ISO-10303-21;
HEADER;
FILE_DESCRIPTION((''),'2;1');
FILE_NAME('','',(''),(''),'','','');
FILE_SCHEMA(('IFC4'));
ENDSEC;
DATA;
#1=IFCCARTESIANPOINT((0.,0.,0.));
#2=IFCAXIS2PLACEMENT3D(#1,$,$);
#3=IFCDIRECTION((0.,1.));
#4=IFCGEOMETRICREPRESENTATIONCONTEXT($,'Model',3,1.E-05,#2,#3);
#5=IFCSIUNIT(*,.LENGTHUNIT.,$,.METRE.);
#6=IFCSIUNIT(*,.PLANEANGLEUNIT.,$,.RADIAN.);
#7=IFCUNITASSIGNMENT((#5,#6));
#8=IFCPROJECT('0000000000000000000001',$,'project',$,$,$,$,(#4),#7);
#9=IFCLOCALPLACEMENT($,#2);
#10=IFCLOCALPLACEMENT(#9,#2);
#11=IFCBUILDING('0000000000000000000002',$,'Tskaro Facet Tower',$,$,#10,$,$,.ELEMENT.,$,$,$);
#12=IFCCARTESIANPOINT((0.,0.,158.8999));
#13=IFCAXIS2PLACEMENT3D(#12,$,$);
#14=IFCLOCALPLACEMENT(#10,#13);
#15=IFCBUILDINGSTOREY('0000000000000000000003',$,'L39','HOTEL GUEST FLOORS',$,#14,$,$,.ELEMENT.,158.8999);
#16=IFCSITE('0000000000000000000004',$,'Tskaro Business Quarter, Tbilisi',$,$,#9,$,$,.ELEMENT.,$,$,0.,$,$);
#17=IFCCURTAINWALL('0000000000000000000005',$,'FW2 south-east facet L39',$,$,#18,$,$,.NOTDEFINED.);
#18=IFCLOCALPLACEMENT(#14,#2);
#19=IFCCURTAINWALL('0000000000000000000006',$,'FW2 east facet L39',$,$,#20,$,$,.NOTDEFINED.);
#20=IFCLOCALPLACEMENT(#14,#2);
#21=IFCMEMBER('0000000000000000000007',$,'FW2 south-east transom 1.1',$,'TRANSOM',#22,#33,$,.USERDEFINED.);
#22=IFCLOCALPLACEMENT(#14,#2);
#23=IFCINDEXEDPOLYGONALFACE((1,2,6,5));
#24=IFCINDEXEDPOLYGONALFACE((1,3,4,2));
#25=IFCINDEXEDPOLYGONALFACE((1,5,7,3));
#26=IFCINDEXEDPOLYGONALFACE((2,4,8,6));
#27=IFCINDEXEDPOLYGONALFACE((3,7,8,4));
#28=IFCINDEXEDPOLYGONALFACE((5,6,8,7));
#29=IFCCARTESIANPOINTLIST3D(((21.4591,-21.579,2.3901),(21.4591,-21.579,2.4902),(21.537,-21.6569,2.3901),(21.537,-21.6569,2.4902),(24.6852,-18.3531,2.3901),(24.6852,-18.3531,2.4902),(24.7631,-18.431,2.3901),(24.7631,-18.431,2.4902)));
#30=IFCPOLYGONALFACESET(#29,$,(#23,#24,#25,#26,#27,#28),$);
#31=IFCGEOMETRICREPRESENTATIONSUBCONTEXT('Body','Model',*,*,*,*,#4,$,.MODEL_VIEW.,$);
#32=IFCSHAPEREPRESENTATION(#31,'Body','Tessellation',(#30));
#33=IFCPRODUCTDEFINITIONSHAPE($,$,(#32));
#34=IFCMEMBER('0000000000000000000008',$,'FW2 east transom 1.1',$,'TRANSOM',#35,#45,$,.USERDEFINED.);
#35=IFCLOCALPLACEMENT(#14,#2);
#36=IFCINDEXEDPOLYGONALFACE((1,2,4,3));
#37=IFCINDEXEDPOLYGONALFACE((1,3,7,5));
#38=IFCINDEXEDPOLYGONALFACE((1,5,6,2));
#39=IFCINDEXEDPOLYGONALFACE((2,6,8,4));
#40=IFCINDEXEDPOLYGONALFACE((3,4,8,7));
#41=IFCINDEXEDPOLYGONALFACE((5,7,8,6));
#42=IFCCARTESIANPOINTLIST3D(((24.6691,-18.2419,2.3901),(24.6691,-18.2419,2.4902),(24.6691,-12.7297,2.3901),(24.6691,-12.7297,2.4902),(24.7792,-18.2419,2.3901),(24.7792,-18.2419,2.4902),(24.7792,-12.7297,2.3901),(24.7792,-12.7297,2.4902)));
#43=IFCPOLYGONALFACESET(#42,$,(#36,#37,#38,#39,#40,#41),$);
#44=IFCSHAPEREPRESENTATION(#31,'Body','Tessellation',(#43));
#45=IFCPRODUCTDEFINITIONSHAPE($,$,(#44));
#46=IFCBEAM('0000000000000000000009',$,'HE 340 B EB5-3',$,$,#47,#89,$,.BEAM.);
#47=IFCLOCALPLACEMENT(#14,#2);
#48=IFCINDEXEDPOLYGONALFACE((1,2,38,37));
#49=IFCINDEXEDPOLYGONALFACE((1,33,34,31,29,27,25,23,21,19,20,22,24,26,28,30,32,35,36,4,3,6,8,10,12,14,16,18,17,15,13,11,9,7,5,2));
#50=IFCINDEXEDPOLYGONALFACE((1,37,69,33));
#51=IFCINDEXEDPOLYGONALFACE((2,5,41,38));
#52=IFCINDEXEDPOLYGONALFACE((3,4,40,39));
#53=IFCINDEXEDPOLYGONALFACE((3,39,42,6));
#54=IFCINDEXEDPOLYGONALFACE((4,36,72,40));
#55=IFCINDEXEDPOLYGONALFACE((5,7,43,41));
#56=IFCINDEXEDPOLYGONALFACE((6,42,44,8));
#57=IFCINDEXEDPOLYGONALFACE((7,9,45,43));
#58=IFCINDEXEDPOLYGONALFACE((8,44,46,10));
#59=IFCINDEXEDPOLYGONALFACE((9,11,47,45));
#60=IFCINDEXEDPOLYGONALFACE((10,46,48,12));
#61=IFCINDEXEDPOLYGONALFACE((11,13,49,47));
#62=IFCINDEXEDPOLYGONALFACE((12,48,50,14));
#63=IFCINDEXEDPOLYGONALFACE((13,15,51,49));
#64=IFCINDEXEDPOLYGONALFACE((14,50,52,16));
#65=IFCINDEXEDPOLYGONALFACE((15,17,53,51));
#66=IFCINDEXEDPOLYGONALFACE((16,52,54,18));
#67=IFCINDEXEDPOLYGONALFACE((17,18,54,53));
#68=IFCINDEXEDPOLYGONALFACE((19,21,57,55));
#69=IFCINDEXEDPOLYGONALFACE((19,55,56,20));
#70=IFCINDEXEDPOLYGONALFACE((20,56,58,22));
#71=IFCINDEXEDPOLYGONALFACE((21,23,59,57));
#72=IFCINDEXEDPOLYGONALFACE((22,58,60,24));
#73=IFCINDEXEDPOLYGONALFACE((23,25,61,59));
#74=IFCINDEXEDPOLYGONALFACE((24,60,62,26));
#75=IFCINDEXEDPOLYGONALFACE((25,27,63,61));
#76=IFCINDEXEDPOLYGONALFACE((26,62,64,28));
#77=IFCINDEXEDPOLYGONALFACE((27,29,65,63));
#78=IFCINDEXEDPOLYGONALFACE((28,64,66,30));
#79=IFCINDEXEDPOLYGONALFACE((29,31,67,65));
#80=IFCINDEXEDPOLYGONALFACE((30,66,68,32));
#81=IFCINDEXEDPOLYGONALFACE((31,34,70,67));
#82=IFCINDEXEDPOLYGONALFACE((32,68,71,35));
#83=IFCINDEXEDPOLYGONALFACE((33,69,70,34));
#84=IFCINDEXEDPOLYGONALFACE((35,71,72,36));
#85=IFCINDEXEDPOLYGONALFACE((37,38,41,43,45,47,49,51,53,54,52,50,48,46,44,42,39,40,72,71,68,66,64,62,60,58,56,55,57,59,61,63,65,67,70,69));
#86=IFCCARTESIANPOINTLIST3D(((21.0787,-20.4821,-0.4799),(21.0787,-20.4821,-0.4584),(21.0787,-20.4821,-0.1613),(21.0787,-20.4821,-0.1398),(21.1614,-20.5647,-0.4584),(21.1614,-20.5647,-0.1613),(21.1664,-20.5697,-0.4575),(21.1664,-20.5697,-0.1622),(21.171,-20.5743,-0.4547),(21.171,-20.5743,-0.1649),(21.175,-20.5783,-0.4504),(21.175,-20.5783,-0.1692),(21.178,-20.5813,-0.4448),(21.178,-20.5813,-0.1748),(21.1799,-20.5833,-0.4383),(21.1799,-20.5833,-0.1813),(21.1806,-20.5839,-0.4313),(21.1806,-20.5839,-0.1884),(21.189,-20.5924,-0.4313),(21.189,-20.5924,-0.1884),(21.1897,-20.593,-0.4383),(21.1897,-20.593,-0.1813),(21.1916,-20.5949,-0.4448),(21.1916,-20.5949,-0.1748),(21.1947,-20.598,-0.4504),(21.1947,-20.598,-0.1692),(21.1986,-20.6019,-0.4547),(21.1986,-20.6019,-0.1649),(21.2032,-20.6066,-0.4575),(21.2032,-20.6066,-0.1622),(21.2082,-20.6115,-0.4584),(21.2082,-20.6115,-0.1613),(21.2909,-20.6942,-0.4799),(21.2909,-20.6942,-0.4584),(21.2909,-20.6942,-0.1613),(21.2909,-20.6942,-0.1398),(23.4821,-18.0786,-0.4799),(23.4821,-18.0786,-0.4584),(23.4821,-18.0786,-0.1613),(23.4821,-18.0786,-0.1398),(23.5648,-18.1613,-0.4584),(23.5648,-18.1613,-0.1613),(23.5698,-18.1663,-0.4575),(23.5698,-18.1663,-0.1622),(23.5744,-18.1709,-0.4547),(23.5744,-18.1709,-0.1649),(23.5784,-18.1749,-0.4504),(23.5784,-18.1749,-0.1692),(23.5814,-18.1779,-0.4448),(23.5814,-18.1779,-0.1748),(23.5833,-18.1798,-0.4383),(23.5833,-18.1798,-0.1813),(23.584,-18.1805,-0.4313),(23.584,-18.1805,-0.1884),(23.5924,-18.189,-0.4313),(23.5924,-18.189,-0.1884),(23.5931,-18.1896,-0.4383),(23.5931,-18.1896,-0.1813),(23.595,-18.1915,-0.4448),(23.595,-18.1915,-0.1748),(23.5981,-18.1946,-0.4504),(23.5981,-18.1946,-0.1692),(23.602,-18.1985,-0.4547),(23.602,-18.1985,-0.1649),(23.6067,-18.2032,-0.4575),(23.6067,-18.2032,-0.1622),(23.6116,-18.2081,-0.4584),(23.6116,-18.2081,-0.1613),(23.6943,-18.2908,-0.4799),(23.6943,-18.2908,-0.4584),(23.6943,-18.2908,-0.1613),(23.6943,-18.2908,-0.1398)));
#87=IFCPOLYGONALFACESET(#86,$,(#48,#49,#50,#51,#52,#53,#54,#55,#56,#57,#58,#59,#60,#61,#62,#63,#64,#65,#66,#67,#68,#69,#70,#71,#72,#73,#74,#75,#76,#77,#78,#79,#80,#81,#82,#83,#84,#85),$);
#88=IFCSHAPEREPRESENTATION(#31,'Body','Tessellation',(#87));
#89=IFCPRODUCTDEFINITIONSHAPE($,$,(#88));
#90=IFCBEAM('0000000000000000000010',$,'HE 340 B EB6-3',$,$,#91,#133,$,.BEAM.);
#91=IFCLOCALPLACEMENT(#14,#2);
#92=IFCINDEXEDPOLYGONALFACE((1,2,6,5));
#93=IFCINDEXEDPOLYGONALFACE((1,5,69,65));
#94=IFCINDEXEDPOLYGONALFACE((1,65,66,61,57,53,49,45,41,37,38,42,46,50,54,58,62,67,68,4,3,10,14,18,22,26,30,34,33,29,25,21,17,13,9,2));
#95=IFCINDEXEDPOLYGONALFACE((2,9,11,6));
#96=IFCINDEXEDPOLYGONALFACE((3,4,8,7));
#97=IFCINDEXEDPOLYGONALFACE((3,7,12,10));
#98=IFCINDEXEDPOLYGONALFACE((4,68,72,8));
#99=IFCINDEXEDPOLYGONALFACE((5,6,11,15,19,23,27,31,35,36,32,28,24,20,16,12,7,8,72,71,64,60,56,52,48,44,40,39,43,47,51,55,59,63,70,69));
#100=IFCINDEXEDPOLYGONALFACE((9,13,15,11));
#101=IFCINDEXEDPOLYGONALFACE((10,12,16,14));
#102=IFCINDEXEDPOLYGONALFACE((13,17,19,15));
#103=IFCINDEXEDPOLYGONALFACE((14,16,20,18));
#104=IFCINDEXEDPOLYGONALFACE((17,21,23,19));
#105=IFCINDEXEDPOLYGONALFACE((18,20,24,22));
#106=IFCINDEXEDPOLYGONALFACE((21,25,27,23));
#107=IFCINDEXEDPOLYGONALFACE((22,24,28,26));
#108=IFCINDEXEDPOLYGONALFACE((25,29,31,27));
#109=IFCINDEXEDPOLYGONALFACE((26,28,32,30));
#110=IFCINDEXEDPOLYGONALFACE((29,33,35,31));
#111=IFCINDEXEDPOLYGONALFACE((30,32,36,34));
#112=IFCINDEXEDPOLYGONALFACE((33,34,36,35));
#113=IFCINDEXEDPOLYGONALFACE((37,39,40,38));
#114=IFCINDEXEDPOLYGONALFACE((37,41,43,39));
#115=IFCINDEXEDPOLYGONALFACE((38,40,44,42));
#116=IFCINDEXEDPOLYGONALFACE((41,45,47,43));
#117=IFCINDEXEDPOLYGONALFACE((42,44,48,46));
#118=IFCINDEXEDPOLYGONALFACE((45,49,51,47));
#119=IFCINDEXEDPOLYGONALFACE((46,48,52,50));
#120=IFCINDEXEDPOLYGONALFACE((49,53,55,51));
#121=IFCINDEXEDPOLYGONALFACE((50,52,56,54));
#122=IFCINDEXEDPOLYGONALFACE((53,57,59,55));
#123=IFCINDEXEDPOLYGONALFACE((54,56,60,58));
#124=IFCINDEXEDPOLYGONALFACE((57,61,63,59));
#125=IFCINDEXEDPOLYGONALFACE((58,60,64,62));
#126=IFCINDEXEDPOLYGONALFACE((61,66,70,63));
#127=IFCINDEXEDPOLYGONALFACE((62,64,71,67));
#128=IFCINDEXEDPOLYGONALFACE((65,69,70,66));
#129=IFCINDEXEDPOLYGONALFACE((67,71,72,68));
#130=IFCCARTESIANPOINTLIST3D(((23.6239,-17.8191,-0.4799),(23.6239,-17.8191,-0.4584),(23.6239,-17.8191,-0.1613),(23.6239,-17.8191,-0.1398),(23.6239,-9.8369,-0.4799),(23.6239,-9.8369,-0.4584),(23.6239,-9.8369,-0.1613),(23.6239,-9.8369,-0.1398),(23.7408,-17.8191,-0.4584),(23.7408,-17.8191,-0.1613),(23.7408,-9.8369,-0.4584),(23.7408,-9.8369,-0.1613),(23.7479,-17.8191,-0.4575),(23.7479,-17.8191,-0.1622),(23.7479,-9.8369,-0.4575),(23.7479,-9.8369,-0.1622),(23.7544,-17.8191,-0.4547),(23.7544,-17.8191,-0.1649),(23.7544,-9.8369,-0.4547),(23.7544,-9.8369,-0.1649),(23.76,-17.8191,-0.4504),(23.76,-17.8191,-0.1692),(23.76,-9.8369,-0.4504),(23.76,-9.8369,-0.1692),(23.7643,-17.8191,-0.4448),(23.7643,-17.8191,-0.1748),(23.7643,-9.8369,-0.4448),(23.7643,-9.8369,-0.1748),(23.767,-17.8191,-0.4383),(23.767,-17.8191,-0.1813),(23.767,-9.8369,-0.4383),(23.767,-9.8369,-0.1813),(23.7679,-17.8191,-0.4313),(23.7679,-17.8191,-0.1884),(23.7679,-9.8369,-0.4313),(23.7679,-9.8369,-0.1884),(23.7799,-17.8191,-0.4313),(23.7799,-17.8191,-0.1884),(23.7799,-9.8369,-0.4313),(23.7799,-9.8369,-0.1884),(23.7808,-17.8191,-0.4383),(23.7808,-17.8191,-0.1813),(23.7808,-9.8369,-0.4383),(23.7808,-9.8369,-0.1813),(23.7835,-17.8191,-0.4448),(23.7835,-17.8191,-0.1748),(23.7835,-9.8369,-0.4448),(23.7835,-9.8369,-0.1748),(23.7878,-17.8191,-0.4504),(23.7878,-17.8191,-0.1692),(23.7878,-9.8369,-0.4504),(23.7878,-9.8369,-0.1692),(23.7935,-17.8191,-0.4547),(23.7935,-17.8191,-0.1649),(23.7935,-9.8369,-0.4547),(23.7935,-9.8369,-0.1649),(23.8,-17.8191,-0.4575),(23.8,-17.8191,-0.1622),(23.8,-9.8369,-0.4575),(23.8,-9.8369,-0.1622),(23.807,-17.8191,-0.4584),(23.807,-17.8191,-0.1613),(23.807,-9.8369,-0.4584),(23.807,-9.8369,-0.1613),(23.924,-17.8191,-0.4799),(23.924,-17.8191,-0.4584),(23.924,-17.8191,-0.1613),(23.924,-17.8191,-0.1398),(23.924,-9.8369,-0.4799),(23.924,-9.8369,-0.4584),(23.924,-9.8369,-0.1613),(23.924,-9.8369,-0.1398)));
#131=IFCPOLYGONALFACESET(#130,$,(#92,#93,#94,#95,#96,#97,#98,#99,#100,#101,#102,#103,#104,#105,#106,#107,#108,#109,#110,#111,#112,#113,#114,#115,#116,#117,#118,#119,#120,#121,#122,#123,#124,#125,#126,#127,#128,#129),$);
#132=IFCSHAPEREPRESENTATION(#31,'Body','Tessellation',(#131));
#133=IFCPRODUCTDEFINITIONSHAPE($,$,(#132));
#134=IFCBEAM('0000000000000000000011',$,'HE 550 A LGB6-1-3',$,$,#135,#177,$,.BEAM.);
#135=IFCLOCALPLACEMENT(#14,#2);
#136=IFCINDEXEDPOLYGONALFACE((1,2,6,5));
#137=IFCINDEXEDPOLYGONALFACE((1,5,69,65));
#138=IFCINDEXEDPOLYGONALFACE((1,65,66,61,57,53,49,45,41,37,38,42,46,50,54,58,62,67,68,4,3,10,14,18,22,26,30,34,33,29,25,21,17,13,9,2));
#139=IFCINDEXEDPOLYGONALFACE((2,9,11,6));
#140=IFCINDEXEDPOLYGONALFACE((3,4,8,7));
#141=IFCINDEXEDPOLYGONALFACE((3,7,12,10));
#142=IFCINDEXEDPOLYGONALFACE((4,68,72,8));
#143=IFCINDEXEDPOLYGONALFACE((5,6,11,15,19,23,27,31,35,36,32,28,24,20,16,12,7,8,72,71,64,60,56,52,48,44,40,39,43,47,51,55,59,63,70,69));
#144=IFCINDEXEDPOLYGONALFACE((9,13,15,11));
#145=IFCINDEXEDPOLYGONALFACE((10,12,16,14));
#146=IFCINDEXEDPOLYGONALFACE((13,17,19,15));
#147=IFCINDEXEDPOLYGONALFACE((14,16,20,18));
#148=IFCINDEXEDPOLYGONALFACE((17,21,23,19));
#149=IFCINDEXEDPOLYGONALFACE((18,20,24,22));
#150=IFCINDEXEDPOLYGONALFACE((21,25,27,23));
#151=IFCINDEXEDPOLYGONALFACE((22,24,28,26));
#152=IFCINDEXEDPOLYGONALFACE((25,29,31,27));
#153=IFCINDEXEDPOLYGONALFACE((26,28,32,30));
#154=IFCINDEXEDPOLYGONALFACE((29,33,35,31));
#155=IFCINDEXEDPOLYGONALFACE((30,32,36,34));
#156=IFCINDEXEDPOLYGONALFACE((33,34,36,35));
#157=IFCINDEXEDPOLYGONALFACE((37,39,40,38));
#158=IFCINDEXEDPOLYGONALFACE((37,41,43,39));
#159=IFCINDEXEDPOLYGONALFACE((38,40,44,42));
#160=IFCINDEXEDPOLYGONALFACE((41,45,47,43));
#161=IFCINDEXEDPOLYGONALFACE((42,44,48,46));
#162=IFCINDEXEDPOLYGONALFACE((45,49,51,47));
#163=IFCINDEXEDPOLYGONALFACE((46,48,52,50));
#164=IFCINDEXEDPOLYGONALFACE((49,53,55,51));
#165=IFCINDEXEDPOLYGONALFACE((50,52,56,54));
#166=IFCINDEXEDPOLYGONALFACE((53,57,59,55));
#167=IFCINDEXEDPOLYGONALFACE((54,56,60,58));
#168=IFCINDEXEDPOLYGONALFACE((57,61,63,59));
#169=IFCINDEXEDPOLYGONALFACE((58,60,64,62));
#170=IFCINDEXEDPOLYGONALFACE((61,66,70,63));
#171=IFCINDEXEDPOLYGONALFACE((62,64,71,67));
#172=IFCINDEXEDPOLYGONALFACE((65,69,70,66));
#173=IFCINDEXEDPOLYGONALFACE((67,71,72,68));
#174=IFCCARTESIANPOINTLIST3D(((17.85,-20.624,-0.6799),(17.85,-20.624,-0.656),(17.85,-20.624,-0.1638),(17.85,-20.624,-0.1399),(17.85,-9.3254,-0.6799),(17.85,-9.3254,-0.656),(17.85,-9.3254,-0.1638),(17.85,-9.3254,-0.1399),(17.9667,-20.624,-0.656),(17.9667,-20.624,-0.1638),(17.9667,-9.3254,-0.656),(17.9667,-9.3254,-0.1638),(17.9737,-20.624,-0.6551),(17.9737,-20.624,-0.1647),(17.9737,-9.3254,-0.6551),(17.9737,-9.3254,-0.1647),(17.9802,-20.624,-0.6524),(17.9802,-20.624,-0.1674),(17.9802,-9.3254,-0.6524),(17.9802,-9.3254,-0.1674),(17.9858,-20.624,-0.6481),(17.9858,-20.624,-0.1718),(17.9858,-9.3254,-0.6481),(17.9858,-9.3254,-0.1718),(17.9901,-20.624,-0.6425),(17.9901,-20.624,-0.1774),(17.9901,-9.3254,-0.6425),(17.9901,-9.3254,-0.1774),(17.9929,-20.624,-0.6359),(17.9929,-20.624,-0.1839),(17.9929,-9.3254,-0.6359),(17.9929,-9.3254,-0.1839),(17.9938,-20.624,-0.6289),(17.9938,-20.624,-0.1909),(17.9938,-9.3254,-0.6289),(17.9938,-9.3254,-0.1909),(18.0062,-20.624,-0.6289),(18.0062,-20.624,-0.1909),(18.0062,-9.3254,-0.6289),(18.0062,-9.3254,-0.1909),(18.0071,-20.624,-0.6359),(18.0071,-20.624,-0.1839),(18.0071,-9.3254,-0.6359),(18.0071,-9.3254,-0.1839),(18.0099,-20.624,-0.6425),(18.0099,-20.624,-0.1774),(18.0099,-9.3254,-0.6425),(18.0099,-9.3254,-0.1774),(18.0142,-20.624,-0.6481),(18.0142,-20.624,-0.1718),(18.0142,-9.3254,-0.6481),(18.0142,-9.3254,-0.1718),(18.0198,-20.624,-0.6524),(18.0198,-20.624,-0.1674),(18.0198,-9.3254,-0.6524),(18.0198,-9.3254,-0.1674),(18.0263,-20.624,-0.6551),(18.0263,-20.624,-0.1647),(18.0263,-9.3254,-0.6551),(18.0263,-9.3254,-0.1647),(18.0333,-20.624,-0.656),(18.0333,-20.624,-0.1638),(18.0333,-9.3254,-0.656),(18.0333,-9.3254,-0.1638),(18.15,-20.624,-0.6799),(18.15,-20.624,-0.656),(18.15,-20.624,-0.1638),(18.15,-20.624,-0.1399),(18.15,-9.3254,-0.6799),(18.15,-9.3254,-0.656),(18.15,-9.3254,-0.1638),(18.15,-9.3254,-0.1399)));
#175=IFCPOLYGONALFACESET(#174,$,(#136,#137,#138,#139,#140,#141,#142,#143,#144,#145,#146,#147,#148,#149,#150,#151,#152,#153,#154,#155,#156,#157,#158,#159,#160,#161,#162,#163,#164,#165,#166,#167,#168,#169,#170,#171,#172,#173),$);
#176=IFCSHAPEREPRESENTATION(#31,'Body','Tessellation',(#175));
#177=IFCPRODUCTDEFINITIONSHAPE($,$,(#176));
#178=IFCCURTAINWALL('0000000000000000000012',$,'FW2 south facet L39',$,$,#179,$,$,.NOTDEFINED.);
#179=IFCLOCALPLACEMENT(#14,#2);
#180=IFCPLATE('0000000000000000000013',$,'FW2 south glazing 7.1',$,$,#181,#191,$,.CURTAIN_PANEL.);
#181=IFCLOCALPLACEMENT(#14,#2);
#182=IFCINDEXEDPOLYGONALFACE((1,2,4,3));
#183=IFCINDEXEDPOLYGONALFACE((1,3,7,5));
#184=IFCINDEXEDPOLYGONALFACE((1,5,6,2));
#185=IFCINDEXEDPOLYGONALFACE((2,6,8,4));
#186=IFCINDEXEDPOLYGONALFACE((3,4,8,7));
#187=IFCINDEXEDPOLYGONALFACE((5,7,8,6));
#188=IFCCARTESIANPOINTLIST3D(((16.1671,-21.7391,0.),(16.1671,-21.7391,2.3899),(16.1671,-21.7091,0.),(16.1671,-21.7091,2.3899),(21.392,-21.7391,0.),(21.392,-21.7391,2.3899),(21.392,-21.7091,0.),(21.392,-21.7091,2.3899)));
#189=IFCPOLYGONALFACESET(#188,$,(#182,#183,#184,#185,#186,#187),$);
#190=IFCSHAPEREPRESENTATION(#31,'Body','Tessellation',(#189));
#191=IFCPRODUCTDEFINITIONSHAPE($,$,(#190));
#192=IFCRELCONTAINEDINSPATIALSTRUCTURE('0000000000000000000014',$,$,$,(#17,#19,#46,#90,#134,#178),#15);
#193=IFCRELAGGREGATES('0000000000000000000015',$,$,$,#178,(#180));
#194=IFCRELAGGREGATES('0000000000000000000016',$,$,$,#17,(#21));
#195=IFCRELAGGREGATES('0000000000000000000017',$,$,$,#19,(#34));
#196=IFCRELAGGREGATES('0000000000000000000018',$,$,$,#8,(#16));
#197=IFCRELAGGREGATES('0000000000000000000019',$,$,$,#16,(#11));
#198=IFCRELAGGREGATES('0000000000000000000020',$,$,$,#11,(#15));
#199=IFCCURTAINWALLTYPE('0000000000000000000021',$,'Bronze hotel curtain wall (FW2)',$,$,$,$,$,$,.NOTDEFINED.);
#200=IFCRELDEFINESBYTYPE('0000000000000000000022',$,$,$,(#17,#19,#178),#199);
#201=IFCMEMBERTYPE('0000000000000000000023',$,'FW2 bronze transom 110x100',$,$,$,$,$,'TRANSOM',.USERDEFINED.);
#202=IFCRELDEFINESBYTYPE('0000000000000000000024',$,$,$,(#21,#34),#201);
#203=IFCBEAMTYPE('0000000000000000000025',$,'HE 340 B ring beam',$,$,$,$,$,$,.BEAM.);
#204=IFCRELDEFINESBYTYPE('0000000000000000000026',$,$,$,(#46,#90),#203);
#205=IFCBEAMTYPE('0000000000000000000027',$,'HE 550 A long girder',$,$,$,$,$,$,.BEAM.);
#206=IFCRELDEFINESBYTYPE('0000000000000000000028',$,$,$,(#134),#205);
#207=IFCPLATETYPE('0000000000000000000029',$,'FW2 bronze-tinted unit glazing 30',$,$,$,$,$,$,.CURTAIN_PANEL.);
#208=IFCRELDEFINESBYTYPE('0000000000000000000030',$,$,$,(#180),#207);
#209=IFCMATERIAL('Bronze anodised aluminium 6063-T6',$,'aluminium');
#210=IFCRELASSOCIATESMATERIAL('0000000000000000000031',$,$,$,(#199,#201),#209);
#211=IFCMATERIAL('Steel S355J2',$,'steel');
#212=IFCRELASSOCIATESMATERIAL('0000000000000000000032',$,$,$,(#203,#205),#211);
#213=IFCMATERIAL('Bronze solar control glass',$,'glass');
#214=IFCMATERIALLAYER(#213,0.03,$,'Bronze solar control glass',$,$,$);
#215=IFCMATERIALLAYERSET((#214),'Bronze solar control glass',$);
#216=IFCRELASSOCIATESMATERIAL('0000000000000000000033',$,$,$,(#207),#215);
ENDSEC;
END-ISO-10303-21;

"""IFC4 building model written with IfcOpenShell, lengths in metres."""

from ifc_helpers import new_model, si_unit, direction, frame, origin, origin_2d, place, context, subcontext, project, spatial, rectangle, i_section, extrude, material, layer, layer_set, material_profile, profile_set, type_object, element, aggregate, save


model = new_model("IFC4")

# Units and contexts
model_context = context("Model", 3, precision=1e-05, world=origin(), true_north=direction((0.0, 1.0)))
body_context = subcontext(model_context, "Body", "Model", "MODEL_VIEW")
ifc_project = project(units=[si_unit("LENGTHUNIT", "METRE"), si_unit("PLANEANGLEUNIT", "RADIAN")], contexts=[model_context])

# Site, building, storey
site_placement = place(None, origin())
site = spatial("IfcSite", under=ifc_project, at=site_placement, Name="Tskaro Business Quarter, Tbilisi", CompositionType="ELEMENT", RefElevation=0.0)
building_placement = place(site_placement, origin())
building = spatial("IfcBuilding", under=site, at=building_placement, Name="Tskaro Facet Tower", CompositionType="ELEMENT")
storey_placement = place(building_placement, frame((0.0, 0.0, 158.8999)))
storey = spatial("IfcBuildingStorey", under=building, at=storey_placement, Name="L39", Description="HOTEL GUEST FLOORS", CompositionType="ELEMENT", Elevation=158.8999)

# Curtain walls
ifc_material_1 = material(Name="Bronze anodised aluminium 6063-T6", Category="aluminium")
curtain_wall_type = type_object("IfcCurtainWallType", Name="Bronze hotel curtain wall (FW2)", PredefinedType="NOTDEFINED", material=ifc_material_1)
curtain_wall_1_placement = place(storey_placement, origin())
curtain_wall_1 = element("IfcCurtainWall", 1, at=curtain_wall_1_placement, inside=storey, type_object=curtain_wall_type, Name="FW2 south-east facet L39", PredefinedType="NOTDEFINED")
curtain_wall_2_placement = place(storey_placement, origin())
curtain_wall_2 = element("IfcCurtainWall", 2, at=curtain_wall_2_placement, inside=storey, type_object=curtain_wall_type, Name="FW2 east facet L39", PredefinedType="NOTDEFINED")

# Members
ifc_material_profile_1 = material_profile(ifc_material_1, rectangle(XDim=0.1101, YDim=0.1001, at=origin_2d()), Name="Transom 110x100")
ifc_profile_set_1 = profile_set([ifc_material_profile_1], Name="Bronze anodised aluminium 6063-T6")
member_type_1 = type_object("IfcMemberType", Name="FW2 bronze transom 110x100", ElementType="TRANSOM", PredefinedType="USERDEFINED", material=ifc_profile_set_1)
member_1_placement = place(storey_placement, frame((21.498, -21.6179, 2.4402), z_axis=(0.707134, 0.70708, 0.0), x_axis=(-0.70708, 0.707134, 0.0)))
member_1 = element("IfcMember", 3, at=member_1_placement, type_object=member_type_1, Name="FW2 south-east transom 1.1", ObjectType="TRANSOM", PredefinedType="USERDEFINED", context=body_context, shape_type="SweptSolid", body=[
    extrude(rectangle(XDim=0.1101, YDim=0.1001, at=origin_2d()), origin(), (0.0, 0.0, 1.0), 4.5623),
])
member_2_placement = place(storey_placement, frame((24.7241, -18.2419, 2.4402), z_axis=(0.0, 1.0, 0.0), x_axis=(-1.0, 0.0, 0.0)))
member_2 = element("IfcMember", 4, at=member_2_placement, type_object=member_type_1, Name="FW2 east transom 1.1", ObjectType="TRANSOM", PredefinedType="USERDEFINED", context=body_context, shape_type="SweptSolid", body=[
    extrude(rectangle(XDim=0.1101, YDim=0.1001, at=origin_2d()), origin(), (0.0, 0.0, 1.0), 5.5122),
])

# Beams
ifc_material_2 = material(Name="Steel S355J2", Category="steel")
ifc_material_profile_2 = material_profile(ifc_material_2, i_section(OverallWidth=0.3, OverallDepth=0.3401, WebThickness=0.012, FlangeThickness=0.0215, FilletRadius=0.0271, at=origin_2d()), Name="HE 340 B")
ifc_profile_set_2 = profile_set([ifc_material_profile_2], Name="Steel S355J2")
beam_type_1 = type_object("IfcBeamType", Name="HE 340 B ring beam", PredefinedType="BEAM", material=ifc_profile_set_2)
beam_1_placement = place(storey_placement, frame((21.1848, -20.5881, -0.3098), z_axis=(0.707107, 0.707107, 0.0), x_axis=(-0.707107, 0.707107, 0.0)))
element("IfcBeam", 5, at=beam_1_placement, inside=storey, type_object=beam_type_1, Name="HE 340 B EB5-3", PredefinedType="BEAM", context=body_context, shape_type="SweptSolid", body=[
    extrude(i_section(OverallWidth=0.3, OverallDepth=0.3401, WebThickness=0.012, FlangeThickness=0.0215, FilletRadius=0.0271, at=origin_2d()), origin(), (0.0, 0.0, 1.0), 3.3989),
])
beam_2_placement = place(storey_placement, frame((23.7739, -17.8191, -0.3098), z_axis=(0.0, 1.0, 0.0), x_axis=(-1.0, 0.0, 0.0)))
element("IfcBeam", 6, at=beam_2_placement, inside=storey, type_object=beam_type_1, Name="HE 340 B EB6-3", PredefinedType="BEAM", context=body_context, shape_type="SweptSolid", body=[
    extrude(i_section(OverallWidth=0.3, OverallDepth=0.3401, WebThickness=0.012, FlangeThickness=0.0215, FilletRadius=0.0271, at=origin_2d()), origin(), (0.0, 0.0, 1.0), 7.9822),
])
ifc_material_profile_3 = material_profile(ifc_material_2, i_section(OverallWidth=0.3, OverallDepth=0.54, WebThickness=0.0125, FlangeThickness=0.0239, FilletRadius=0.0271, at=origin_2d()), Name="HE 550 A")
ifc_profile_set_3 = profile_set([ifc_material_profile_3], Name="Steel S355J2")
beam_type_2 = type_object("IfcBeamType", Name="HE 550 A long girder", PredefinedType="BEAM", material=ifc_profile_set_3)
beam_3_placement = place(storey_placement, frame((18.0, -20.624, -0.4099), z_axis=(0.0, 1.0, 0.0), x_axis=(-1.0, 0.0, 0.0)))
element("IfcBeam", 7, at=beam_3_placement, inside=storey, type_object=beam_type_2, Name="HE 550 A LGB6-1-3", PredefinedType="BEAM", context=body_context, shape_type="SweptSolid", body=[
    extrude(i_section(OverallWidth=0.3, OverallDepth=0.54, WebThickness=0.0125, FlangeThickness=0.0239, FilletRadius=0.0271, at=origin_2d()), origin(), (0.0, 0.0, 1.0), 11.2986),
])

# Curtain wall, plate
curtain_wall_3_placement = place(storey_placement, origin())
curtain_wall_3 = element("IfcCurtainWall", 8, at=curtain_wall_3_placement, inside=storey, type_object=curtain_wall_type, Name="FW2 south facet L39", PredefinedType="NOTDEFINED")
ifc_material_3 = material(Name="Bronze solar control glass", Category="glass")
ifc_layer_1 = layer(ifc_material_3, 0.03, Name="Bronze solar control glass")
ifc_layer_set_1 = layer_set([ifc_layer_1], Name="Bronze solar control glass")
plate_type = type_object("IfcPlateType", Name="FW2 bronze-tinted unit glazing 30", PredefinedType="CURTAIN_PANEL", material=ifc_layer_set_1)
plate_1_placement = place(storey_placement, frame((18.7795, -21.7241, 0.0), z_axis=(0.0, 0.0, 1.0), x_axis=(1.0, 0.0, 0.0)))
plate_1 = element("IfcPlate", 9, at=plate_1_placement, type_object=plate_type, Name="FW2 south glazing 7.1", PredefinedType="CURTAIN_PANEL", context=body_context, shape_type="SweptSolid", body=[
    extrude(rectangle(XDim=5.2249, YDim=0.03, at=origin_2d()), origin(), (0.0, 0.0, 1.0), 2.3899),
])
aggregate(curtain_wall_3, [plate_1])

aggregate(curtain_wall_1, [member_1])
aggregate(curtain_wall_2, [member_2])

save(model, "model.ifc")
